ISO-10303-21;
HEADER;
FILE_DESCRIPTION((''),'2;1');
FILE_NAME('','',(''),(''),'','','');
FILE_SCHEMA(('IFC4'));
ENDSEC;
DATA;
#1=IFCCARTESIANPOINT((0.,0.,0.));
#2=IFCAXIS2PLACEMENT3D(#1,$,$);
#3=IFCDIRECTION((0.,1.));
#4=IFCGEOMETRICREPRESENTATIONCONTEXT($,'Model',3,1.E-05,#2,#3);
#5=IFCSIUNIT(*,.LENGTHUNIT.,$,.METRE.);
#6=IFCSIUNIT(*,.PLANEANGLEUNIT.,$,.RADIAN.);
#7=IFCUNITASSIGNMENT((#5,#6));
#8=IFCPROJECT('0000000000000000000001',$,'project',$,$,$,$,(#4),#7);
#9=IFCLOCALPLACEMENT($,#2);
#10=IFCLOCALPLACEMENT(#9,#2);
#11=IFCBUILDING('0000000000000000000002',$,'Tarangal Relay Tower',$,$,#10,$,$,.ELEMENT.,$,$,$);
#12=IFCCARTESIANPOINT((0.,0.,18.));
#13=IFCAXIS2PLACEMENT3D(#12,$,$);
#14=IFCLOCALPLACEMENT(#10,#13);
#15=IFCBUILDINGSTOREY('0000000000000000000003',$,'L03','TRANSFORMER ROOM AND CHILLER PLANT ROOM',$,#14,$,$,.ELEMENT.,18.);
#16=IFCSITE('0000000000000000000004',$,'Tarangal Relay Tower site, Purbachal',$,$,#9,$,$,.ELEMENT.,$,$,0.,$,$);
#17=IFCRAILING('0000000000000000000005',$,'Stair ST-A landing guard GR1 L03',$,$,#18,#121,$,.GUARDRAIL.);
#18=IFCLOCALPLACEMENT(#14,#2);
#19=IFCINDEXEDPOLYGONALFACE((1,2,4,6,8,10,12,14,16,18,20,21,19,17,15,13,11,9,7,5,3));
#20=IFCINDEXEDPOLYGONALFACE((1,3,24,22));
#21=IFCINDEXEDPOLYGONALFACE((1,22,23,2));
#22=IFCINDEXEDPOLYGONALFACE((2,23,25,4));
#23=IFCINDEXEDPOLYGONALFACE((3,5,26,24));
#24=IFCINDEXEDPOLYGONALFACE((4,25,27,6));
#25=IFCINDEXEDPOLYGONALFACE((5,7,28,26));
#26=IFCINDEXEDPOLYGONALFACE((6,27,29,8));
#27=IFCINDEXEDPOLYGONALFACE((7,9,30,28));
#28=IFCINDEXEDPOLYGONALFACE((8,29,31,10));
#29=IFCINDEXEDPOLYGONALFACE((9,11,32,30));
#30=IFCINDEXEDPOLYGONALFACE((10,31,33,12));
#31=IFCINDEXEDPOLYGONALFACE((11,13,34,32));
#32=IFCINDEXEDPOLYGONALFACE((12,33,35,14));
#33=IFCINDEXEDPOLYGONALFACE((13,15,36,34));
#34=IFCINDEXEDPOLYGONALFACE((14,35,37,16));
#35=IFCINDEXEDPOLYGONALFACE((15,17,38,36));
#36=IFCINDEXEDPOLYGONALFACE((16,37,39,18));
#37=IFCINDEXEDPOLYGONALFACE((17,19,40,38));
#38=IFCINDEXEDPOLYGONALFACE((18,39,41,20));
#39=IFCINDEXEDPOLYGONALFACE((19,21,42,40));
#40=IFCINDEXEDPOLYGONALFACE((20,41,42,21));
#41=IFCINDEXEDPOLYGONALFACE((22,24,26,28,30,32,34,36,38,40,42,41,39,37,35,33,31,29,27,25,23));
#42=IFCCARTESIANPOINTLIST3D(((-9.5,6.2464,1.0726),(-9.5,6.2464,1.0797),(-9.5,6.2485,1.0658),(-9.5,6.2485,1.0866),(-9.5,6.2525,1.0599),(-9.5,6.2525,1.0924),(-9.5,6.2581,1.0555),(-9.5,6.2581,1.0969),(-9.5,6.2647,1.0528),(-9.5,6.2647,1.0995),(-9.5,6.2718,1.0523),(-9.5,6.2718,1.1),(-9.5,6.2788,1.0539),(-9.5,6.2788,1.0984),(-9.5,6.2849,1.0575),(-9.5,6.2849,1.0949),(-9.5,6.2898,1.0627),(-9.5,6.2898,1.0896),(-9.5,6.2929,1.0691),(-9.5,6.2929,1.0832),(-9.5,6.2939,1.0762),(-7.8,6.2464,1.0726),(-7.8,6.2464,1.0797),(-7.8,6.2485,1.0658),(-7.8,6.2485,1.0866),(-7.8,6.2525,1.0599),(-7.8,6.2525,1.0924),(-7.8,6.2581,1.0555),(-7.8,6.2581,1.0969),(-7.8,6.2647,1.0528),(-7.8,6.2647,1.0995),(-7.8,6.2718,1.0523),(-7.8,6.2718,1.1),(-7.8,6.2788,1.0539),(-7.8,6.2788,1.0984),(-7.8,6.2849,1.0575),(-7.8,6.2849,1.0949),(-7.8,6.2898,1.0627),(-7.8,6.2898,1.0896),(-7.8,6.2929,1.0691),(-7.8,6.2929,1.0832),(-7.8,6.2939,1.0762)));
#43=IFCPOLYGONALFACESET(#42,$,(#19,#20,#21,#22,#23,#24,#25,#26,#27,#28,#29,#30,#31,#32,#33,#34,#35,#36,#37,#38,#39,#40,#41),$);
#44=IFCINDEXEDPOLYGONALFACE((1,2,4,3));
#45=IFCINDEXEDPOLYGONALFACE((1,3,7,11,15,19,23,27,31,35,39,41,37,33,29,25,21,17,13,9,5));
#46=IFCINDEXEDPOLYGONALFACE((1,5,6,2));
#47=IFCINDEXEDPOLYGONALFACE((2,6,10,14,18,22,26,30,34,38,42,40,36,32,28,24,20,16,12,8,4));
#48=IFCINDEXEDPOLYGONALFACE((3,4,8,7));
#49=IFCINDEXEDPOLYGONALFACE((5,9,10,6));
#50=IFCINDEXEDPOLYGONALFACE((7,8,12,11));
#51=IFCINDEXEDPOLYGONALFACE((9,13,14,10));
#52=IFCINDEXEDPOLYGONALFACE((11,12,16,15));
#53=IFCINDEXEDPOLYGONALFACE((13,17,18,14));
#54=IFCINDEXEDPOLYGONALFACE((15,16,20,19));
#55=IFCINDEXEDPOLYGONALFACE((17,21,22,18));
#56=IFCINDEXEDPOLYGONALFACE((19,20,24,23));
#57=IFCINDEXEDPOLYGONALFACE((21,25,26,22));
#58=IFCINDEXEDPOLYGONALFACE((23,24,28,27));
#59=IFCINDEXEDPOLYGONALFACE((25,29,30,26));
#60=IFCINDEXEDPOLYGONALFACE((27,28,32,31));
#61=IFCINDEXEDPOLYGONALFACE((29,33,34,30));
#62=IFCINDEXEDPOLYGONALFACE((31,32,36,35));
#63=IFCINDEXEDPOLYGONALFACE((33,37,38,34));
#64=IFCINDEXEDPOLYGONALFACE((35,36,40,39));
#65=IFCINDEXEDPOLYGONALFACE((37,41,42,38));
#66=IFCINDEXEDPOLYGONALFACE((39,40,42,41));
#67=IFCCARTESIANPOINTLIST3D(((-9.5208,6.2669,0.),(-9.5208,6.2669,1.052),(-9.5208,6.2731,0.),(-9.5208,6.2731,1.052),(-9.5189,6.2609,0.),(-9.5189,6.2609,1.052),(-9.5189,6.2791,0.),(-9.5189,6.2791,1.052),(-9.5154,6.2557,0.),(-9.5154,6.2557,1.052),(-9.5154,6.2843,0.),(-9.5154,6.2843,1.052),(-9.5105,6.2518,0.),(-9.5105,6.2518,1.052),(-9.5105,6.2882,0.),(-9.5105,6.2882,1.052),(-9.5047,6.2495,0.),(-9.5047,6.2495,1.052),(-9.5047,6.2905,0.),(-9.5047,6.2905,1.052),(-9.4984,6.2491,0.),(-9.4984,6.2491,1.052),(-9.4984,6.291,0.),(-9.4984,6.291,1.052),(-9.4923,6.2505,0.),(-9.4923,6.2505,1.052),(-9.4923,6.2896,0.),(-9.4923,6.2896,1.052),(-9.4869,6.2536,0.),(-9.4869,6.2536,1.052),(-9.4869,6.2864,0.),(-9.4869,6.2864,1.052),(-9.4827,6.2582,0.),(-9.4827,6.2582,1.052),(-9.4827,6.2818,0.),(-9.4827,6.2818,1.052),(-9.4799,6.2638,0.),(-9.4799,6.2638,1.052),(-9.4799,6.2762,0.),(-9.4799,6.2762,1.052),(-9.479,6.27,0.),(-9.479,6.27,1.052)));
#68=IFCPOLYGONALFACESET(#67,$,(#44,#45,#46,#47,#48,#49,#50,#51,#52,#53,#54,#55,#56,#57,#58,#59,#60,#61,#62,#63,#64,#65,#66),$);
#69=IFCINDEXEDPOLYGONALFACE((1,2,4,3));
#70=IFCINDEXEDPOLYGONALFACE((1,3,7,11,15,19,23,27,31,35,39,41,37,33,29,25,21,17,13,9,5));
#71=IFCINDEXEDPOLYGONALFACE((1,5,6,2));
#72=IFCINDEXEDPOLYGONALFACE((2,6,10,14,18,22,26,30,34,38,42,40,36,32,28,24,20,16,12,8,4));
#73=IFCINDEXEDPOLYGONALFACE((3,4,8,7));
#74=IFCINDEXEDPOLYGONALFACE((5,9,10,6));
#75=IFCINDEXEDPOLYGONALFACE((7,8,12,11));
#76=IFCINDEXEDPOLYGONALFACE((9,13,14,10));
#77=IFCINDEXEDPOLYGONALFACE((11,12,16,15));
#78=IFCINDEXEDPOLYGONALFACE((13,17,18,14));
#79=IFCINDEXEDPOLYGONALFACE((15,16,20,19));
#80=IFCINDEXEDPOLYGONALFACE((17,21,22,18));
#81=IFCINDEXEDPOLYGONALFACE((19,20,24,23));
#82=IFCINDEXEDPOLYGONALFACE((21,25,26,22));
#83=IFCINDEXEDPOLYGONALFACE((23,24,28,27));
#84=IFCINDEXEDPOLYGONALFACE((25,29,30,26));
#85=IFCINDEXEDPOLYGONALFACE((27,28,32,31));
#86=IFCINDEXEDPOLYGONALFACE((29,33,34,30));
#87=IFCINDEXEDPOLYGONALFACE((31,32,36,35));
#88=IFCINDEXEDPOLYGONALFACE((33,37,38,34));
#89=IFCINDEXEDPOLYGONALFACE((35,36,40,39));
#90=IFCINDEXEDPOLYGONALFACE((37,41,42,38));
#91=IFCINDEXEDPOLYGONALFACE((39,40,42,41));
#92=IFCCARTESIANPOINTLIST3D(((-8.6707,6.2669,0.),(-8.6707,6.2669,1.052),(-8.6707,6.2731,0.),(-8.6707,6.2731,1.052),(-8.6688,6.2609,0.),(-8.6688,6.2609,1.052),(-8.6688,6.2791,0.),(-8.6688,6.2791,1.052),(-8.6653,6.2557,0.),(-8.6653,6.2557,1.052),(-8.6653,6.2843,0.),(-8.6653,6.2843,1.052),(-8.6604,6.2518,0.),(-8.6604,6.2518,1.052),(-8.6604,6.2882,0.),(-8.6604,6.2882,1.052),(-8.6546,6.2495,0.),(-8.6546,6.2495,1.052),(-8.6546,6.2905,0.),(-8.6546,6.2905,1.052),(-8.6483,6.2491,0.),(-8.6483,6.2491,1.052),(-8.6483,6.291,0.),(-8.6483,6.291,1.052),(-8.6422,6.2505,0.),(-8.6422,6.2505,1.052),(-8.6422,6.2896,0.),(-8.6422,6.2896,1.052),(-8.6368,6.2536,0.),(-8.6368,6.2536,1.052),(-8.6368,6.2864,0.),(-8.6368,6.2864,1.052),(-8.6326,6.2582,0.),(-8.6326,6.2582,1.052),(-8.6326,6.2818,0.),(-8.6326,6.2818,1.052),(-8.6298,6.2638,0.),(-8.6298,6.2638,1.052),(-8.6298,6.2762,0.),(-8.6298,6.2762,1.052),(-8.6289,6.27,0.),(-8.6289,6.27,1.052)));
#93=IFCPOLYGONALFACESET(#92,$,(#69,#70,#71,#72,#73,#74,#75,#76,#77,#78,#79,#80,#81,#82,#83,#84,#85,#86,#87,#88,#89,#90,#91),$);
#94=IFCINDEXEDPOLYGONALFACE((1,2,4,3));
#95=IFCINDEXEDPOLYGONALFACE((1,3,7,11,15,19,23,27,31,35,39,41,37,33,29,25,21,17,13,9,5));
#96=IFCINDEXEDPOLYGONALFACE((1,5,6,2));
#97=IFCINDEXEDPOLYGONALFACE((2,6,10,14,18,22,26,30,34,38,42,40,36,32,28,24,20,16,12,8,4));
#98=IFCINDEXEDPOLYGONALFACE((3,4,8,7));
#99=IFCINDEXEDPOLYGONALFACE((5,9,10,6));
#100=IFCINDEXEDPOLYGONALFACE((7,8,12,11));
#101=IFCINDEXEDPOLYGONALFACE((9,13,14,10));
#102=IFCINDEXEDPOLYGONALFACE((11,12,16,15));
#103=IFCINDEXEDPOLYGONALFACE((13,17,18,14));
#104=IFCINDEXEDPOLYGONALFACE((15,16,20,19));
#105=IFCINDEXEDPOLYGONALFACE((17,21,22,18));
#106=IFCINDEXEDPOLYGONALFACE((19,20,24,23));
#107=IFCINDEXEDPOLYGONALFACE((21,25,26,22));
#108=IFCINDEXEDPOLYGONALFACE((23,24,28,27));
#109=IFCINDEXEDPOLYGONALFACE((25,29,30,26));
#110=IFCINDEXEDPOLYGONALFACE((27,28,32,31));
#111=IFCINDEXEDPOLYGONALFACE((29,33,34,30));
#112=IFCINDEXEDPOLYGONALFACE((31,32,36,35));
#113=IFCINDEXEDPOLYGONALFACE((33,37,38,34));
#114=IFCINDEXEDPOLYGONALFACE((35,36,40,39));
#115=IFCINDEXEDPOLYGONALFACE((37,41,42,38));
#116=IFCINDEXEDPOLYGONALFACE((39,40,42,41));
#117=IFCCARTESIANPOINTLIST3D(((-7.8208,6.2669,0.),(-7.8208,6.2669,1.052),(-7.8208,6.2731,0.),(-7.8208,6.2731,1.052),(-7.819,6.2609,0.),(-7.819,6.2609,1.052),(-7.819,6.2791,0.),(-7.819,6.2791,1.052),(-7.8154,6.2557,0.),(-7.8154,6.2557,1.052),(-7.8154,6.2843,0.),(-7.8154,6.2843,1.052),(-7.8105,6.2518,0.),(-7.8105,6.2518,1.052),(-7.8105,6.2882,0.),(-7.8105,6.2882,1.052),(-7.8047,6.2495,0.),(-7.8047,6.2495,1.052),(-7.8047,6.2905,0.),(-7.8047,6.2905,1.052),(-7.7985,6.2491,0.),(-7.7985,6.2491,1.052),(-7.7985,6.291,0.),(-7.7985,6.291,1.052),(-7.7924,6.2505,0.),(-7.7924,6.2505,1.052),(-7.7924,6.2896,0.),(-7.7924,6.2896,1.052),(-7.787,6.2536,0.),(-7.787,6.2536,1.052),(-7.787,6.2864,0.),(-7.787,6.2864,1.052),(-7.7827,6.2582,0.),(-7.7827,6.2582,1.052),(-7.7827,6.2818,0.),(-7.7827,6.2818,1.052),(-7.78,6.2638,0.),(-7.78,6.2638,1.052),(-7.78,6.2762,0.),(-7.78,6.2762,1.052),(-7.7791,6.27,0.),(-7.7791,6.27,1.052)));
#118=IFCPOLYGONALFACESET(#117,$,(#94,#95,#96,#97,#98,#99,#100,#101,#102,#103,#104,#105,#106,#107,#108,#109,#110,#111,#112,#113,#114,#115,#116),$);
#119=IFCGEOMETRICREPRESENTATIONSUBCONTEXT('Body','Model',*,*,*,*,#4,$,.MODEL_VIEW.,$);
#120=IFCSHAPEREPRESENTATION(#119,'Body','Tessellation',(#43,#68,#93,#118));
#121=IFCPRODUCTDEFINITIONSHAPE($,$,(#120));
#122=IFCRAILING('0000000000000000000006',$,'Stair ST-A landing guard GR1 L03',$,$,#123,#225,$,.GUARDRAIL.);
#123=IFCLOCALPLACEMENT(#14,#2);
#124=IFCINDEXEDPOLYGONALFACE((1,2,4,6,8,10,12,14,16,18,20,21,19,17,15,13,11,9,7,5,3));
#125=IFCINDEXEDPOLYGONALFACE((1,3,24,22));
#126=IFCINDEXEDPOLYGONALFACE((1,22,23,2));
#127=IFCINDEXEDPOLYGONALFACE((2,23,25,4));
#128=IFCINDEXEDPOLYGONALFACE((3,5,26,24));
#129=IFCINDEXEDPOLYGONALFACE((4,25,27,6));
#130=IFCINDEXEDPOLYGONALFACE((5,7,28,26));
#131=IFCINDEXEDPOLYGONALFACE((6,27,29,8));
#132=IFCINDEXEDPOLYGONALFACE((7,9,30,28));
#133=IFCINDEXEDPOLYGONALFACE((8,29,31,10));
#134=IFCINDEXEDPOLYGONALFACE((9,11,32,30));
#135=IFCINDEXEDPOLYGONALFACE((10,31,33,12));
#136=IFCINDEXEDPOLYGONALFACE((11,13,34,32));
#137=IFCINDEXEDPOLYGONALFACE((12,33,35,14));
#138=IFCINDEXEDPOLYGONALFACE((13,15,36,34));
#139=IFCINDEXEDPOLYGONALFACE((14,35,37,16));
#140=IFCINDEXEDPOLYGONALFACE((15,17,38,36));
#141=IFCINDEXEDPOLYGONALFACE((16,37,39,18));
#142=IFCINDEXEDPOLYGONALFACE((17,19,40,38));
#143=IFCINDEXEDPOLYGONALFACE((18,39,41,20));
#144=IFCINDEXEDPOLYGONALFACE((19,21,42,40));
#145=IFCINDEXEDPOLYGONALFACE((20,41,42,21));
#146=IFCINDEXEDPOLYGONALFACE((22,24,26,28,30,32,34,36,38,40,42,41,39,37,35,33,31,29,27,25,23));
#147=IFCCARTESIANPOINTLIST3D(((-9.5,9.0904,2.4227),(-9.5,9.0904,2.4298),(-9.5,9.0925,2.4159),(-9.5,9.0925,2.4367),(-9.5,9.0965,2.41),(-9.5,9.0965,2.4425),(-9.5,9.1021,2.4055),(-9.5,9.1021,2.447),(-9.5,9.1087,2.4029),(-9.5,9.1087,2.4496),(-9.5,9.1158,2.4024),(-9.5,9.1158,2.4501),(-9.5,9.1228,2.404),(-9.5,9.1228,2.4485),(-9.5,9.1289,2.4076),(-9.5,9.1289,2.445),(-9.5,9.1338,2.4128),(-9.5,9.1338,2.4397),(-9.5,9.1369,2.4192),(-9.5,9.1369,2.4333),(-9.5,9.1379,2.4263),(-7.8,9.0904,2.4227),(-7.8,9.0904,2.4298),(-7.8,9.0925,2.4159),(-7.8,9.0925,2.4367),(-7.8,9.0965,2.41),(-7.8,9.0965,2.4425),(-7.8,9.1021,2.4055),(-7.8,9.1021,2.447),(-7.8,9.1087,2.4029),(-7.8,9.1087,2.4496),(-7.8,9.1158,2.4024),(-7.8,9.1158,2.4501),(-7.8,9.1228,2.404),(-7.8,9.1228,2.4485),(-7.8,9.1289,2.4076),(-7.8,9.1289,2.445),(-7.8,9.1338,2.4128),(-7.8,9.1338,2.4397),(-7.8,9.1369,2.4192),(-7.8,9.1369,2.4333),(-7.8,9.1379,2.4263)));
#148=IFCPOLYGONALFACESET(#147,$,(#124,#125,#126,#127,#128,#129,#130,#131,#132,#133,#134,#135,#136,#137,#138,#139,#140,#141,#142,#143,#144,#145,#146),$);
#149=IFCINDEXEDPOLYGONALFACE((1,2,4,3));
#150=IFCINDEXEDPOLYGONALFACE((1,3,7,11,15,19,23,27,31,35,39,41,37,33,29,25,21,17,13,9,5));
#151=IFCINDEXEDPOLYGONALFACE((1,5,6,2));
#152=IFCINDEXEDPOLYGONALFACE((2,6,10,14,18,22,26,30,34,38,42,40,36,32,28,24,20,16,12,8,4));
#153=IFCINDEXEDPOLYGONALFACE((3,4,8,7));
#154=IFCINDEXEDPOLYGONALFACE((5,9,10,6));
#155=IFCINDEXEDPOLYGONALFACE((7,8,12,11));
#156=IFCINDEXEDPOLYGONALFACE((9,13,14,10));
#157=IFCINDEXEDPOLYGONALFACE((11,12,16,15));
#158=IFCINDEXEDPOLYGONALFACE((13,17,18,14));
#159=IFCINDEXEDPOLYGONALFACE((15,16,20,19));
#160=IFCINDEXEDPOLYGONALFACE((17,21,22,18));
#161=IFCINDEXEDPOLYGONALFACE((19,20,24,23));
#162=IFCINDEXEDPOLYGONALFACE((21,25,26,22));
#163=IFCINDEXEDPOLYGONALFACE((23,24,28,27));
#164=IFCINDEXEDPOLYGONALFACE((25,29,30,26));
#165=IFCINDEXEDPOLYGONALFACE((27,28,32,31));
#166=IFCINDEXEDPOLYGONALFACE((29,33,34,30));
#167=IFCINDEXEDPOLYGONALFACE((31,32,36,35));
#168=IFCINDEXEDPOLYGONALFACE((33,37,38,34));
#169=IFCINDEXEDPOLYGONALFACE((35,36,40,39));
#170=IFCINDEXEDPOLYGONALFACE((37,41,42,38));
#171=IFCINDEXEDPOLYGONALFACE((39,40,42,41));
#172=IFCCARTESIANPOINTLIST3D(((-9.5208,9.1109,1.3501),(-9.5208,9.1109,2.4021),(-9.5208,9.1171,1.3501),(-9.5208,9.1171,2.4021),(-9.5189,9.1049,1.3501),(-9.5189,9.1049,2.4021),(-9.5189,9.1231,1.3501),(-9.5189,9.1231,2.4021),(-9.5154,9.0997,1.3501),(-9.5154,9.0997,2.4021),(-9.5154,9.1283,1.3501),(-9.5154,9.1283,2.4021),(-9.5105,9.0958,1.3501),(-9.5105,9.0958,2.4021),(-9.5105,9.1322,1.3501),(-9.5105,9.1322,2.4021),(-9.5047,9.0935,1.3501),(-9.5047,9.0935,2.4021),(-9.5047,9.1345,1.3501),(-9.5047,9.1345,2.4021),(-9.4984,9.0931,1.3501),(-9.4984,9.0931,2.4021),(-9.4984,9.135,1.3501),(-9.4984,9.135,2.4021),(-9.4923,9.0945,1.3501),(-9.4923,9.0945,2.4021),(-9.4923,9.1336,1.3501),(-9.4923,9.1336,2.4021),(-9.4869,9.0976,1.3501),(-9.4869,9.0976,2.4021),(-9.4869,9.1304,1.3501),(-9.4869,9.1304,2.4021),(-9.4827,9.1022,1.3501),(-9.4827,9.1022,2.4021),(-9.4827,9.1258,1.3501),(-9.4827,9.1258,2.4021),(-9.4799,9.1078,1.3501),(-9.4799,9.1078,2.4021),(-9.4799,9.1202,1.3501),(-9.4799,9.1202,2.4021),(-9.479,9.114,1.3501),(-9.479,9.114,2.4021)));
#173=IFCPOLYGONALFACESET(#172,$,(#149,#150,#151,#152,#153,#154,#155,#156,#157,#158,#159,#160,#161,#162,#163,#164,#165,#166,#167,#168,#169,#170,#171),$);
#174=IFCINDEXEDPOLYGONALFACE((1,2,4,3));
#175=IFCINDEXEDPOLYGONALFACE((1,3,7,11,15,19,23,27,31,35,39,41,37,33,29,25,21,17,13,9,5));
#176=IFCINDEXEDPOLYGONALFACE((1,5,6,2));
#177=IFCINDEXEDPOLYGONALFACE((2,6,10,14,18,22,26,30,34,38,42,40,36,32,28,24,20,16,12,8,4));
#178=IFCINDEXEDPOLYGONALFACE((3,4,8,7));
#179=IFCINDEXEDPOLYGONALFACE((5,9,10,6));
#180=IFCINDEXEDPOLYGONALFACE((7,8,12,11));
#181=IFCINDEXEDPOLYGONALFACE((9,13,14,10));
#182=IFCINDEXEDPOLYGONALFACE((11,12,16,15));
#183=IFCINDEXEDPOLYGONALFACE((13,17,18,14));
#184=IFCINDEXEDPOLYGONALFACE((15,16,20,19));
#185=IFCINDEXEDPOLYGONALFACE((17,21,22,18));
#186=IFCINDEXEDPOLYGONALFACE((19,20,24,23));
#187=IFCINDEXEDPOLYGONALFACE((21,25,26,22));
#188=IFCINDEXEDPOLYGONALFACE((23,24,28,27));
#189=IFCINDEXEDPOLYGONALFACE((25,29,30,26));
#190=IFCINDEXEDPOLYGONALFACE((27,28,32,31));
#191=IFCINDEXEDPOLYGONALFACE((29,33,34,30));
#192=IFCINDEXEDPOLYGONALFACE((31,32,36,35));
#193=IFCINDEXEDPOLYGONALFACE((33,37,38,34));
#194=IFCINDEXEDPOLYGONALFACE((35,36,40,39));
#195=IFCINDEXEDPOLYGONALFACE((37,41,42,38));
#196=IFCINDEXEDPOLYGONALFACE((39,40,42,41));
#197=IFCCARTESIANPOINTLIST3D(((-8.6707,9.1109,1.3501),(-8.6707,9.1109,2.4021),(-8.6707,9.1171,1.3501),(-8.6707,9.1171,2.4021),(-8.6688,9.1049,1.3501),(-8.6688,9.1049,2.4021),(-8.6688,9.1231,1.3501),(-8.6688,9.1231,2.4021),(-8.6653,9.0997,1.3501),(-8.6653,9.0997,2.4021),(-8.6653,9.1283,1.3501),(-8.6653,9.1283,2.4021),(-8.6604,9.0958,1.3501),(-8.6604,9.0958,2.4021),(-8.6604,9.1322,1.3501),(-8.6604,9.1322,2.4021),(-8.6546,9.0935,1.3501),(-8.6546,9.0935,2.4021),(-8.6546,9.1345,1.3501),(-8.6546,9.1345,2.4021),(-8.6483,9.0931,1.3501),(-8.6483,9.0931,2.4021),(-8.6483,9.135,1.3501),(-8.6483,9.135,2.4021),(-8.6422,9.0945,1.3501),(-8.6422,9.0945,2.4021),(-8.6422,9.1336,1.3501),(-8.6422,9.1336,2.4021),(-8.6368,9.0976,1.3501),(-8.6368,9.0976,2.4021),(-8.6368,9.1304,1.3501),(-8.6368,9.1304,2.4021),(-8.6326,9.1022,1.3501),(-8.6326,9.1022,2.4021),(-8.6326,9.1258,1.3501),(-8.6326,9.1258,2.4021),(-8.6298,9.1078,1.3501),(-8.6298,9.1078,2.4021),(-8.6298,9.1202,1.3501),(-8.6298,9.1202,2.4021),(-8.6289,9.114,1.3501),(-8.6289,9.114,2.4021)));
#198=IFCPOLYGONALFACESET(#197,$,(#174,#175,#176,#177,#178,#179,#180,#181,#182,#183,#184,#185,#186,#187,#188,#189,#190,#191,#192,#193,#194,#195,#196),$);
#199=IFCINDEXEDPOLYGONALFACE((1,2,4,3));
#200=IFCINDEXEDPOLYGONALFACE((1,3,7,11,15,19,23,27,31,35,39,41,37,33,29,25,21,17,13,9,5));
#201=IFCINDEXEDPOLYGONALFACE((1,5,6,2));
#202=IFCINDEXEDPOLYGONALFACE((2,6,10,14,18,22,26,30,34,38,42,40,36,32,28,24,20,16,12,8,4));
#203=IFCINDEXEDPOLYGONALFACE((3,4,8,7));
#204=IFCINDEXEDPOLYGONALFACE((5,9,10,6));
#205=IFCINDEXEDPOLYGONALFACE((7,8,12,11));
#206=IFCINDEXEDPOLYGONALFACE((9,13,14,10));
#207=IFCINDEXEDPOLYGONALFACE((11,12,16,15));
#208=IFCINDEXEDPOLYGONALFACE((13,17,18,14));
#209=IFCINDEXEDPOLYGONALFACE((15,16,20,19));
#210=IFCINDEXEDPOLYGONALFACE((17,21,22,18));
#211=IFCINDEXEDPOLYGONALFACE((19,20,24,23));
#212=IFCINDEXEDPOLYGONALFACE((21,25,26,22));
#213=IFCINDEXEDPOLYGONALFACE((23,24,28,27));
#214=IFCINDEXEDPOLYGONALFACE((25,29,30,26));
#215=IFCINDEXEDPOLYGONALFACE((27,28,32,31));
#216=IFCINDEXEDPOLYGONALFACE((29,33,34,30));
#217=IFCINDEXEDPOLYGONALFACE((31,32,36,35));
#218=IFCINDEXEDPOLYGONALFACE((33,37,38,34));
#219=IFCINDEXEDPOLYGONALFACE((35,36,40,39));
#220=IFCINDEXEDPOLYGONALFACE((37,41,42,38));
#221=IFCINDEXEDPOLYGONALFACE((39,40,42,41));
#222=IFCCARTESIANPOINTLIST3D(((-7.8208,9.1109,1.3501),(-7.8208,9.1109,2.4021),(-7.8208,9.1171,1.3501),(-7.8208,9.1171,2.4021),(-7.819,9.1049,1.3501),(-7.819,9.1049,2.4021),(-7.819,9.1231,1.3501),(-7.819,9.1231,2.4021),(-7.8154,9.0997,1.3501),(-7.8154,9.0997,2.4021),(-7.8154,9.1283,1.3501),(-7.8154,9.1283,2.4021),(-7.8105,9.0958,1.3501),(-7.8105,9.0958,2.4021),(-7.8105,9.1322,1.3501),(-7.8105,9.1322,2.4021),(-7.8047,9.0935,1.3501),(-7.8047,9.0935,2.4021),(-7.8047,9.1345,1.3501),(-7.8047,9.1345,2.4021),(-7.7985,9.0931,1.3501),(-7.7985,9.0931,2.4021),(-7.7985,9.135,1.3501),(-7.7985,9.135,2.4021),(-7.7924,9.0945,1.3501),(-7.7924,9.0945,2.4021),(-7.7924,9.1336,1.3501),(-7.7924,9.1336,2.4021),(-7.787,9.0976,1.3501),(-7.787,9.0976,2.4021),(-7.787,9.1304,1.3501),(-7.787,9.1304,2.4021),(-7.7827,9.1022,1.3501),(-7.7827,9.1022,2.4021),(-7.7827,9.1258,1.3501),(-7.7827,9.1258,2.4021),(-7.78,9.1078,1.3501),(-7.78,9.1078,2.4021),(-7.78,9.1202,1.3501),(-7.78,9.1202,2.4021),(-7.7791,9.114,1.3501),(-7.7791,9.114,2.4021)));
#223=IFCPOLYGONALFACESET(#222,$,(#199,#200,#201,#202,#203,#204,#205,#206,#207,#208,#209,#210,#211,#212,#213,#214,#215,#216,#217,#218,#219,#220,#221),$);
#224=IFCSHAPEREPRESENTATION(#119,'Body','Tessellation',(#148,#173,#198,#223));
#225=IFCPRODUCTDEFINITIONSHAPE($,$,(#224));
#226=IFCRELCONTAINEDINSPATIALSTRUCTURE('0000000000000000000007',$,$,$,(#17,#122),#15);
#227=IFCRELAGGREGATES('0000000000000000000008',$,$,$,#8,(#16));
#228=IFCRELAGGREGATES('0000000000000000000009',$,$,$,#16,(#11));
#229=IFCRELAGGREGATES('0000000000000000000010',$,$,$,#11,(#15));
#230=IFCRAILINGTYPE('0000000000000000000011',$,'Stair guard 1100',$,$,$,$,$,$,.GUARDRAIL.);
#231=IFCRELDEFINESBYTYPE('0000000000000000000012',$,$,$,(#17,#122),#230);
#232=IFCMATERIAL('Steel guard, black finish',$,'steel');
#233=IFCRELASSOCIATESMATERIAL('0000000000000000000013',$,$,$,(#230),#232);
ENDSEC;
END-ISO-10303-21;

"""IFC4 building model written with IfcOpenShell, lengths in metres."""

from ifc_helpers import new_model, si_unit, direction, frame, origin, origin_2d, place, context, subcontext, project, spatial, circle, extrude, material, type_object, element, save


model = new_model("IFC4")

# Units and contexts
model_context = context("Model", 3, precision=1e-05, world=origin(), true_north=direction((0.0, 1.0)))
body_context = subcontext(model_context, "Body", "Model", "MODEL_VIEW")
ifc_project = project(units=[si_unit("LENGTHUNIT", "METRE"), si_unit("PLANEANGLEUNIT", "RADIAN")], contexts=[model_context])

# Site, building, storey
site_placement = place(None, origin())
site = spatial("IfcSite", under=ifc_project, at=site_placement, Name="Tarangal Relay Tower site, Purbachal", CompositionType="ELEMENT", RefElevation=0.0)
building_placement = place(site_placement, origin())
building = spatial("IfcBuilding", under=site, at=building_placement, Name="Tarangal Relay Tower", CompositionType="ELEMENT")
storey_placement = place(building_placement, frame((0.0, 0.0, 18.0)))
storey = spatial("IfcBuildingStorey", under=building, at=storey_placement, Name="L03", Description="TRANSFORMER ROOM AND CHILLER PLANT ROOM", CompositionType="ELEMENT", Elevation=18.0)

# Railings
ifc_material_1 = material(Name="Steel guard, black finish", Category="steel")
railing_type_1 = type_object("IfcRailingType", Name="Stair guard 1100", PredefinedType="GUARDRAIL", material=ifc_material_1)
for number, where, name in (
    (1, (-9.5, 6.27, 0.0), "Stair ST-A landing guard GR1 L03"),
    (2, (-9.5, 9.114, 1.3501), "Stair ST-A landing guard GR1 L03"),
):
    element("IfcRailing", number, at=place(storey_placement, frame(where)), inside=storey, type_object=railing_type_1, Name=name, PredefinedType="GUARDRAIL", context=body_context, shape_type="SweptSolid", body=[
        extrude(circle(Radius=0.0239, at=origin_2d()), frame((0.0, 0.0, 1.0762), z_axis=(1.0, 0.0, 0.0), x_axis=(0.0, 1.0, 0.0)), (0.0, 0.0, 1.0), 1.7),
        extrude(circle(Radius=0.021, at=origin_2d()), origin(), (0.0, 0.0, 1.0), 1.052),
        extrude(circle(Radius=0.021, at=origin_2d()), frame((0.8501, 0.0, 0.0)), (0.0, 0.0, 1.0), 1.052),
        extrude(circle(Radius=0.021, at=origin_2d()), frame((1.7, 0.0, 0.0)), (0.0, 0.0, 1.0), 1.052),
    ])

save(model, "model.ifc")
